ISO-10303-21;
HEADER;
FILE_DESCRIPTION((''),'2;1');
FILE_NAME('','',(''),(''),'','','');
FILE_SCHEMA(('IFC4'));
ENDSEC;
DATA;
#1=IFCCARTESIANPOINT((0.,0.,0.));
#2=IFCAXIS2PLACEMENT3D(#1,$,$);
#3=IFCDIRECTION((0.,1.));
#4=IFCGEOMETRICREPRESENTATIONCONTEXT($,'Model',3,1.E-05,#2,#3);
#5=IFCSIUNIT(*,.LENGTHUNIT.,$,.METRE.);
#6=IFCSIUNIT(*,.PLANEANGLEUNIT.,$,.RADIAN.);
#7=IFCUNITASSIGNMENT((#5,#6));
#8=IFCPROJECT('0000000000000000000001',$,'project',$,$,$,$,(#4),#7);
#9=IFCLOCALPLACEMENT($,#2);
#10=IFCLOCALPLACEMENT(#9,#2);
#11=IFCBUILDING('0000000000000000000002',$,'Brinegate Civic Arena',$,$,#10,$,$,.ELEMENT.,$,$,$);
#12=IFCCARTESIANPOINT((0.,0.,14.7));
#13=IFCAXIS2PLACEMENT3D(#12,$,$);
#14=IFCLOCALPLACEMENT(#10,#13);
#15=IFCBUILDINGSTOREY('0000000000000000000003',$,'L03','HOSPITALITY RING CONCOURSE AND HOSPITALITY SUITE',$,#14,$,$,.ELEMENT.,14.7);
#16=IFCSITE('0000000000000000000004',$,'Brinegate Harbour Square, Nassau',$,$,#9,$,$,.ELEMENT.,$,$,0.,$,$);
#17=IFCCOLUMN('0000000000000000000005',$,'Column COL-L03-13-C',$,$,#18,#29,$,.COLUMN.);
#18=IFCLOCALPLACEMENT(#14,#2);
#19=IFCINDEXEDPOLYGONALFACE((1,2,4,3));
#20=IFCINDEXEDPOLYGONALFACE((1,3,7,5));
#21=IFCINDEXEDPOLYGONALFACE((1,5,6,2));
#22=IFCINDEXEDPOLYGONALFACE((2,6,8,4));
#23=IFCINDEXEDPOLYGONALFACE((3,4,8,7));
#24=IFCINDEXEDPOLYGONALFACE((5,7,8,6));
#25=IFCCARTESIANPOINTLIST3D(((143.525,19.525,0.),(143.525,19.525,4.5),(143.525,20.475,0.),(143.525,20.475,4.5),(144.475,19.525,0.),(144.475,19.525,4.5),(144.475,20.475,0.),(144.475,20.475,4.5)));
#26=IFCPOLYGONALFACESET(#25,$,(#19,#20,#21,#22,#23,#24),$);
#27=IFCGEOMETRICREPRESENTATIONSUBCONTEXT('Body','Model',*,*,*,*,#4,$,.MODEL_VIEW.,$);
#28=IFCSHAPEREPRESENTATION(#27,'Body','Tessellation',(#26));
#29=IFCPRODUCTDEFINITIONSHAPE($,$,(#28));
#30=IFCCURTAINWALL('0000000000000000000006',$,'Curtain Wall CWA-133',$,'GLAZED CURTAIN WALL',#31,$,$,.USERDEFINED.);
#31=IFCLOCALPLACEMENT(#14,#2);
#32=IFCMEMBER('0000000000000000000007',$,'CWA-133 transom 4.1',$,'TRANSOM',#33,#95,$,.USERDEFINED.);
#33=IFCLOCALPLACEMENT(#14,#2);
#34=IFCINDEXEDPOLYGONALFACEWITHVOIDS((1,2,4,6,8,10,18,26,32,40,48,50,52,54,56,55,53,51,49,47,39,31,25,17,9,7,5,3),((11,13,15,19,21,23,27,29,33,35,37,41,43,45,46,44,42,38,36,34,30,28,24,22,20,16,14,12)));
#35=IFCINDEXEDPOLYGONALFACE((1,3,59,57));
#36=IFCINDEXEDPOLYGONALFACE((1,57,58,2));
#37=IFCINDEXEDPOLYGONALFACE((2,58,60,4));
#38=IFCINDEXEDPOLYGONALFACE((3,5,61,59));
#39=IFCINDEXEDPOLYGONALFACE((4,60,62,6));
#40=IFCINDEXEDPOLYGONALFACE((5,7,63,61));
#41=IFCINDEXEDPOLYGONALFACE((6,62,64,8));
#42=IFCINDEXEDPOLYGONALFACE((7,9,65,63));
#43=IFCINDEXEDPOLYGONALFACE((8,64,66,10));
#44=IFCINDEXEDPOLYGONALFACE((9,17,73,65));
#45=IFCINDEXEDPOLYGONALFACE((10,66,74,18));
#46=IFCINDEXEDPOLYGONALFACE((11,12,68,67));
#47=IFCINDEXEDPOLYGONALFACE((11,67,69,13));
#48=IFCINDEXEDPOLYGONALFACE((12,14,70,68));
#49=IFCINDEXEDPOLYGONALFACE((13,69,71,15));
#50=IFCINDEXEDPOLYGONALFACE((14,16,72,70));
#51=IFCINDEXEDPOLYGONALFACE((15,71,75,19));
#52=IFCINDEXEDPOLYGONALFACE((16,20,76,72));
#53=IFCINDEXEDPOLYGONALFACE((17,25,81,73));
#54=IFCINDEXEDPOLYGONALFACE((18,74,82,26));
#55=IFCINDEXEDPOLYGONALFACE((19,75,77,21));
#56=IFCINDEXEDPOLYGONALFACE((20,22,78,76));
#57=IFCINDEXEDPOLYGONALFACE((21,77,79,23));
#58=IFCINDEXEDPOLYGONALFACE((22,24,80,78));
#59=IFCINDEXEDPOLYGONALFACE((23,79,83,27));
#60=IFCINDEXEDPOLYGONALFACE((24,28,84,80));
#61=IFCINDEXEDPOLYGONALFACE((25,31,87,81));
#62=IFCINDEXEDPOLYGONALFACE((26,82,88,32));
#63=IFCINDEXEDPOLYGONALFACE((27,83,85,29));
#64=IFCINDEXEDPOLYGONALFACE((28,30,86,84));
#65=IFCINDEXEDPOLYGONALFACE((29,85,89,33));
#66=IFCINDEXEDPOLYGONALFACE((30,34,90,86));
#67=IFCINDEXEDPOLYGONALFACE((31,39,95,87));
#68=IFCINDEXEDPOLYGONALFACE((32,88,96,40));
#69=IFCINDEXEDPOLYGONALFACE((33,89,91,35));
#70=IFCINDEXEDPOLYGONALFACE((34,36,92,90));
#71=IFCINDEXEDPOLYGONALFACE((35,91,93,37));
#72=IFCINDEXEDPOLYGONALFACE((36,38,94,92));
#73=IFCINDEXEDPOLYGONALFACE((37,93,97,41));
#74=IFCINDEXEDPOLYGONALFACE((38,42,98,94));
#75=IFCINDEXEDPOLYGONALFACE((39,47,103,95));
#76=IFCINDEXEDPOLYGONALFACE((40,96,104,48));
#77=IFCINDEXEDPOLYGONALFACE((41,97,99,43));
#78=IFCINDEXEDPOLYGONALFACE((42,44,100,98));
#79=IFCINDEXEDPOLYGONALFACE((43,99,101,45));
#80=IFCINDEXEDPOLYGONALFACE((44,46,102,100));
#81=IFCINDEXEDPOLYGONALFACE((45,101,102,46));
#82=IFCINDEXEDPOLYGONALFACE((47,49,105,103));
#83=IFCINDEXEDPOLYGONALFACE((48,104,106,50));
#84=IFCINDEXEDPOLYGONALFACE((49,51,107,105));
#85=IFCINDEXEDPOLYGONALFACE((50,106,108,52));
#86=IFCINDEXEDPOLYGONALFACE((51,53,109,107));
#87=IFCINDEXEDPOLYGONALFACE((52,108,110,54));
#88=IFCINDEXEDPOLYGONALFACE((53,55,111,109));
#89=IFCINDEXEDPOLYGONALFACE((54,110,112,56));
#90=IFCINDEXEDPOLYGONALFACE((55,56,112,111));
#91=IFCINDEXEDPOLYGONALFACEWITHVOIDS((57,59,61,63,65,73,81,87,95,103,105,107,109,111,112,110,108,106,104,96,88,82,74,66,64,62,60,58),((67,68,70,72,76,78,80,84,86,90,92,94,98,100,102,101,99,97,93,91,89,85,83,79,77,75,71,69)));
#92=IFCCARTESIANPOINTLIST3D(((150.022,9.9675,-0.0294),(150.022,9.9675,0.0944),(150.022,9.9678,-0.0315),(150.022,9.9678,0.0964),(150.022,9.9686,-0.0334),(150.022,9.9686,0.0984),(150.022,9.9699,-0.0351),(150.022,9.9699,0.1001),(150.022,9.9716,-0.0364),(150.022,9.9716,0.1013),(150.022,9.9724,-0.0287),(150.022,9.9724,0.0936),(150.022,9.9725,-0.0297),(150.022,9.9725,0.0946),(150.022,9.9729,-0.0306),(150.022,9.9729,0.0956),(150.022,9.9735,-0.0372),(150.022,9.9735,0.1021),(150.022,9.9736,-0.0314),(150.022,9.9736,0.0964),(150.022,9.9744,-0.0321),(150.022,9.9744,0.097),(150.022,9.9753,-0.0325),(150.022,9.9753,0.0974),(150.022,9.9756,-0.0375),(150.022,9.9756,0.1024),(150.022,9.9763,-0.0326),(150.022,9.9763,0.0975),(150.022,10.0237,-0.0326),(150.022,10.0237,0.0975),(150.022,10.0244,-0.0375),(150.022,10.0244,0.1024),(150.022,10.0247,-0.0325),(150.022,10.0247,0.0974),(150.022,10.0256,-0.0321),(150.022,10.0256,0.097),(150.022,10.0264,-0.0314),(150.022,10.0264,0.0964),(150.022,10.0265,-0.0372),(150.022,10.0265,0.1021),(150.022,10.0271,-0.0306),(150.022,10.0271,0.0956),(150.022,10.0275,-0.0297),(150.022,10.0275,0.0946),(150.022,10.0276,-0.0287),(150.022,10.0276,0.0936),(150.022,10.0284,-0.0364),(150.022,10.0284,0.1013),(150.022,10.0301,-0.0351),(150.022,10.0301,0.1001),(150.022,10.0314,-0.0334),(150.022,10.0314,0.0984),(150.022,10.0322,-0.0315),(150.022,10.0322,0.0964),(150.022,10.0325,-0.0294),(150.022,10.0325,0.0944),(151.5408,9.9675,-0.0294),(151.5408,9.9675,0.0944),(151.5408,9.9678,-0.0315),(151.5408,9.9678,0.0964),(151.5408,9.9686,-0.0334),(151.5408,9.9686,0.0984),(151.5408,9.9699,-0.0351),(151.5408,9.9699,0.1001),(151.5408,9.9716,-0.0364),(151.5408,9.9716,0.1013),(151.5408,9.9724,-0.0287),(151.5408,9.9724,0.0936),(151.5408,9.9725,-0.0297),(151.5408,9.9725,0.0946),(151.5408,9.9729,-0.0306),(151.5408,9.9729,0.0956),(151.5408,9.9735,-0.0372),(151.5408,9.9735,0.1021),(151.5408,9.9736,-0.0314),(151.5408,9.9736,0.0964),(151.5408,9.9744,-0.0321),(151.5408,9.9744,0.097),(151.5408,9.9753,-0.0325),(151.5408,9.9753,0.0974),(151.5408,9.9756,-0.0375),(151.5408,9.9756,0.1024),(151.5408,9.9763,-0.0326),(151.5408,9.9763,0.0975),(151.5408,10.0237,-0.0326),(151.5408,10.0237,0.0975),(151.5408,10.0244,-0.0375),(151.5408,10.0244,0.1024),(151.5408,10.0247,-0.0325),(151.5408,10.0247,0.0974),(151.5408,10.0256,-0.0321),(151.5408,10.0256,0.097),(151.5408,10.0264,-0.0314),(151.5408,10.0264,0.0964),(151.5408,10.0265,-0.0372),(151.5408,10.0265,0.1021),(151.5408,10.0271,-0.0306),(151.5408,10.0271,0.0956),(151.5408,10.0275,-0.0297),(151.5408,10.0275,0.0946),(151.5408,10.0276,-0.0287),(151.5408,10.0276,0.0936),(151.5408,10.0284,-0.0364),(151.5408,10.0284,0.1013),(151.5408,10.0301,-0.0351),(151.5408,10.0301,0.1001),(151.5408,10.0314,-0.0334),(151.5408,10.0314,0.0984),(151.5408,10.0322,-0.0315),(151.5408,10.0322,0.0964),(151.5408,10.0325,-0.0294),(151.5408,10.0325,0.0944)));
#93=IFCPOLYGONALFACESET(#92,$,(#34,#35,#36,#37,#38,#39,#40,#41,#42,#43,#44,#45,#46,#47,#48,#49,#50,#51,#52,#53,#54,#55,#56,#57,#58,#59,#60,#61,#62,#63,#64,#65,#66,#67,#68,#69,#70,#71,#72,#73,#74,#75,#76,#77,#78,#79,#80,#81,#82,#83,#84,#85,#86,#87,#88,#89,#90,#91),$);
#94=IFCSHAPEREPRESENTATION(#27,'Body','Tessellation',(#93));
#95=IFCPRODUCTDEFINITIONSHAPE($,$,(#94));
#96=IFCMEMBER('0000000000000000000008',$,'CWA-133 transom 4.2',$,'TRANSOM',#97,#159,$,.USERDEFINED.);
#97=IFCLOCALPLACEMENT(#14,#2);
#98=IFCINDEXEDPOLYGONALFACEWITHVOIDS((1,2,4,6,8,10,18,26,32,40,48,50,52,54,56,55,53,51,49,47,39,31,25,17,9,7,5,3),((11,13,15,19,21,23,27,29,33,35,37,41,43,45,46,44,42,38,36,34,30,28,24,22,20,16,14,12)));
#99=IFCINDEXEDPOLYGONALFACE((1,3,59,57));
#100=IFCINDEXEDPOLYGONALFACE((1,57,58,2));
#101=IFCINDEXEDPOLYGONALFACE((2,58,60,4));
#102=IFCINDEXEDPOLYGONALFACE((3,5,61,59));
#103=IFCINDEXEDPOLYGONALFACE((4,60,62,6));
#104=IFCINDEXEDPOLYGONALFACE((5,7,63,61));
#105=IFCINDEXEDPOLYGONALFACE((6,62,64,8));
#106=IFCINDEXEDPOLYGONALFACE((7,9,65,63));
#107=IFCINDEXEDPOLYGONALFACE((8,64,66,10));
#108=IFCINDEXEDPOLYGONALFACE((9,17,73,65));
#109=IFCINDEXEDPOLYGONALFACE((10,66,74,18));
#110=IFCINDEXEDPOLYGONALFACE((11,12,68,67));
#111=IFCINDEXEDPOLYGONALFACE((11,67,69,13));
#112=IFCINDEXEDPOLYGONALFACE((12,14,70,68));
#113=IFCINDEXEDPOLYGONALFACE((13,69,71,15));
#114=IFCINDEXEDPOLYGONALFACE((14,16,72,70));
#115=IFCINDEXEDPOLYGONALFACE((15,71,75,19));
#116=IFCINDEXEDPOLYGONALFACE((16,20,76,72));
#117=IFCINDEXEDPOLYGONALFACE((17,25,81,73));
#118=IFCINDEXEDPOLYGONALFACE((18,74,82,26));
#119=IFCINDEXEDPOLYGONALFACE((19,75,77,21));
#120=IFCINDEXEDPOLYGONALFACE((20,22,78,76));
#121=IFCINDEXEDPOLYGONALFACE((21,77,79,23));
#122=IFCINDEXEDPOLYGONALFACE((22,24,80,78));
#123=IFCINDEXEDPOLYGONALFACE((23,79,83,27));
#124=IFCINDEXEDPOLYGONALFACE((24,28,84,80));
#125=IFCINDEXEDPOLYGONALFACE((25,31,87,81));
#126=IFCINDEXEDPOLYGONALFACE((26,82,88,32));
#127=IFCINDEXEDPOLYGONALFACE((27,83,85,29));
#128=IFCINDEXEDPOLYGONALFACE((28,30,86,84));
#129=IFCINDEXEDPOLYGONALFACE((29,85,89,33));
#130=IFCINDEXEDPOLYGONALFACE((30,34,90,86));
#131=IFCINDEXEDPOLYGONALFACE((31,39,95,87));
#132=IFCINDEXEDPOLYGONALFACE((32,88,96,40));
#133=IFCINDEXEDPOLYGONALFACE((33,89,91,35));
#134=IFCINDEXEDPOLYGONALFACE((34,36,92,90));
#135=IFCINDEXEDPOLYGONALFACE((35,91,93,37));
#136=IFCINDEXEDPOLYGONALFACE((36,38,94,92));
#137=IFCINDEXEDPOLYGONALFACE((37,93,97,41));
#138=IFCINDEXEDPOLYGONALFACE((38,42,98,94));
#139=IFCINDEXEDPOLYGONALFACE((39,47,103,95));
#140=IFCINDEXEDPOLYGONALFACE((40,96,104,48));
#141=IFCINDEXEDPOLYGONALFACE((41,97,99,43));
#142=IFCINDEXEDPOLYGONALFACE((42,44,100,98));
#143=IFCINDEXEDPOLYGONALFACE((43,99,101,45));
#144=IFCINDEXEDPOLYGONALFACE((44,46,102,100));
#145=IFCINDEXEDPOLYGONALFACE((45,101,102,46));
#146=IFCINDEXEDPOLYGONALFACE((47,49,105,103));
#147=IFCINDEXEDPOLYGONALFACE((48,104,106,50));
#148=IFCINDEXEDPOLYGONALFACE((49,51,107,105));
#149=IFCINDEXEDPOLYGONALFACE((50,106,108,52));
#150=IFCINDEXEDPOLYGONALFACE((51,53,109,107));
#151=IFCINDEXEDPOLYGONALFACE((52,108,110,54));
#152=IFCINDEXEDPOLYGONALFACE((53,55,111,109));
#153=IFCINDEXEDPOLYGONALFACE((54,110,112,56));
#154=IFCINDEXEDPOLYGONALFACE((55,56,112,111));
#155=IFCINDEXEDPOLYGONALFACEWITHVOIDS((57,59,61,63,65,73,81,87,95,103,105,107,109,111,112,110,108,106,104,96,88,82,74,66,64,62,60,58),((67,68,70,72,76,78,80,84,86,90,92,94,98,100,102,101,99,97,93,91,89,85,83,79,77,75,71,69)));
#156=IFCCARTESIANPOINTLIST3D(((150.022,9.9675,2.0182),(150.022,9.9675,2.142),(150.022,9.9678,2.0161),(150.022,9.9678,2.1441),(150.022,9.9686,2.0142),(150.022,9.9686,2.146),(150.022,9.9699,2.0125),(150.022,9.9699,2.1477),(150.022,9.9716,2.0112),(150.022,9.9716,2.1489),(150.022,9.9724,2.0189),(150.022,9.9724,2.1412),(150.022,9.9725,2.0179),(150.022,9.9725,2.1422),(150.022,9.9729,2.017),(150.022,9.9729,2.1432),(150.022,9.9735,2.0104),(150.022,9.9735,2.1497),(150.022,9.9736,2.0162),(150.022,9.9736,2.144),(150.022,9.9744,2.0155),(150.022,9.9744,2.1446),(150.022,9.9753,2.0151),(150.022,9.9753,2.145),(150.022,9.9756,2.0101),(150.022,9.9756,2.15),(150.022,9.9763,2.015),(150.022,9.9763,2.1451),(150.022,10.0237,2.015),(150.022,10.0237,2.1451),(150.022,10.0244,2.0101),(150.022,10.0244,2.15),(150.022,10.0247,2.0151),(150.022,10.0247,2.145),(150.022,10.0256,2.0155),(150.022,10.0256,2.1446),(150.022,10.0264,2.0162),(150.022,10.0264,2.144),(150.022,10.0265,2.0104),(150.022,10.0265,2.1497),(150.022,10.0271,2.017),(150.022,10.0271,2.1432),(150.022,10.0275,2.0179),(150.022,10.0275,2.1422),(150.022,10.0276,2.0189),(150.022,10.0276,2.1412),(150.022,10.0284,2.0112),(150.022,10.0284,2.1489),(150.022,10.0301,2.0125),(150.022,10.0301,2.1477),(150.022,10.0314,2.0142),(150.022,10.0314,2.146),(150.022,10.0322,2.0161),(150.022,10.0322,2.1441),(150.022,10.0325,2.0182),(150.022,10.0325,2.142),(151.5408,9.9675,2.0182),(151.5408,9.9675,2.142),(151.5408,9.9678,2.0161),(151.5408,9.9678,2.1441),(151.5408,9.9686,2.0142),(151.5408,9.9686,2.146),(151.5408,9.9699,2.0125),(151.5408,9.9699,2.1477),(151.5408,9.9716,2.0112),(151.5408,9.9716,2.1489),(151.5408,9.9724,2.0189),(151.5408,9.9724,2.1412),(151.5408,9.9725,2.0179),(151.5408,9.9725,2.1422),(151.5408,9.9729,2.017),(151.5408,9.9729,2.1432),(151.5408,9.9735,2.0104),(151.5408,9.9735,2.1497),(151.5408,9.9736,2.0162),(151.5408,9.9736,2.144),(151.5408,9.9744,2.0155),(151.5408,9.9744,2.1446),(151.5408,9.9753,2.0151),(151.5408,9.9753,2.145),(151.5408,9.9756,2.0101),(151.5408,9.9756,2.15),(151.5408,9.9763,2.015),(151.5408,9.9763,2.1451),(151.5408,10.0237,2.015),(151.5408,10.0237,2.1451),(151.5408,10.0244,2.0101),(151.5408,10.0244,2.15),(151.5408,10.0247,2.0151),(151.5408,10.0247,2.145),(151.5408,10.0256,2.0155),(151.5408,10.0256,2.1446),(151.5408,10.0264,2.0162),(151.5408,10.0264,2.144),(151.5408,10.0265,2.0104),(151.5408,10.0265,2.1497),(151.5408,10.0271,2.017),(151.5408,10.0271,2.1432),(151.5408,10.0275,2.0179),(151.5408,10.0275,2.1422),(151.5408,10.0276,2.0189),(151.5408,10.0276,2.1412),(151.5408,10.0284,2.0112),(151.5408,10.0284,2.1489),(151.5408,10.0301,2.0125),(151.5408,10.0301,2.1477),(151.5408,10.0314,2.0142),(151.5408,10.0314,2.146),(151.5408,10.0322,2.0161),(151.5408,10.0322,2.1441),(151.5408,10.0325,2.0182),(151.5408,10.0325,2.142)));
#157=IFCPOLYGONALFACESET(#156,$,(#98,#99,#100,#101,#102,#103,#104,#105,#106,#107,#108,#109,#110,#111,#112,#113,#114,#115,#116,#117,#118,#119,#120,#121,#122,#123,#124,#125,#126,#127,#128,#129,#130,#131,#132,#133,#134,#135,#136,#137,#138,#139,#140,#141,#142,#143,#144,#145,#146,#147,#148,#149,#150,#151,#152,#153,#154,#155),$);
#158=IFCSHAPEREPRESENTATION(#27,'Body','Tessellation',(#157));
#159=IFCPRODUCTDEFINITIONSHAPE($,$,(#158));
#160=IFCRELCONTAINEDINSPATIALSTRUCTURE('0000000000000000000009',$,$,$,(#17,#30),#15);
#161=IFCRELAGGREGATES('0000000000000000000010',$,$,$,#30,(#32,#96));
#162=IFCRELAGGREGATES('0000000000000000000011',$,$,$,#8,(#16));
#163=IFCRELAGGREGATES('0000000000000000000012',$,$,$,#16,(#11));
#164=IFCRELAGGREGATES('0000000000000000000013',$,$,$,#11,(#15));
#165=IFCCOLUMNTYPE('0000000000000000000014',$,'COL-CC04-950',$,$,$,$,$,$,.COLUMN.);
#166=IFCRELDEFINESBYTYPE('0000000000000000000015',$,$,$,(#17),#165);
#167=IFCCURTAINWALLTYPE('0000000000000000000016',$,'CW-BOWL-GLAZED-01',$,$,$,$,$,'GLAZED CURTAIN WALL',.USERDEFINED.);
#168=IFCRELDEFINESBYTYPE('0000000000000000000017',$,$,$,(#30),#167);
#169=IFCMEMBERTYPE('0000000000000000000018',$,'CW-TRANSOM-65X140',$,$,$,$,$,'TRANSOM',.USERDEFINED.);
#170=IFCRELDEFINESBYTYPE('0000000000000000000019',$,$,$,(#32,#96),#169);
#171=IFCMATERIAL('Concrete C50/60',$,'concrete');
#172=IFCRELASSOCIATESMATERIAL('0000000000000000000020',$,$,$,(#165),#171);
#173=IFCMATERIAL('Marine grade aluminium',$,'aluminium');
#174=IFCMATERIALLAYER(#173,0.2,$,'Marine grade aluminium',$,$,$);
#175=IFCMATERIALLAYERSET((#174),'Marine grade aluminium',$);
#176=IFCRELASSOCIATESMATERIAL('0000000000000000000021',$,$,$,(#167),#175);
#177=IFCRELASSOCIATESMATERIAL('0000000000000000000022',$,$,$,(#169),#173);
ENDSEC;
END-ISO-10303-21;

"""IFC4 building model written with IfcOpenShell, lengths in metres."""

from ifc_helpers import new_model, si_unit, direction, frame, origin, origin_2d, place, context, subcontext, project, spatial, rectangle, hollow_rectangle, extrude, material, layer, layer_set, material_profile, profile_set, type_object, element, aggregate, save


model = new_model("IFC4")

# Units and contexts
model_context = context("Model", 3, precision=1e-05, world=origin(), true_north=direction((0.0, 1.0)))
body_context = subcontext(model_context, "Body", "Model", "MODEL_VIEW")
ifc_project = project(units=[si_unit("LENGTHUNIT", "METRE"), si_unit("PLANEANGLEUNIT", "RADIAN")], contexts=[model_context])

# Site, building, storey
site_placement = place(None, origin())
site = spatial("IfcSite", under=ifc_project, at=site_placement, Name="Brinegate Harbour Square, Nassau", CompositionType="ELEMENT", RefElevation=0.0)
building_placement = place(site_placement, origin())
building = spatial("IfcBuilding", under=site, at=building_placement, Name="Brinegate Civic Arena", CompositionType="ELEMENT")
storey_placement = place(building_placement, frame((0.0, 0.0, 14.7)))
storey = spatial("IfcBuildingStorey", under=building, at=storey_placement, Name="L03", Description="HOSPITALITY RING CONCOURSE AND HOSPITALITY SUITE", CompositionType="ELEMENT", Elevation=14.7)

# Column
ifc_material_1 = material(Name="Concrete C50/60", Category="concrete")
ifc_material_profile_1 = material_profile(ifc_material_1, rectangle(XDim=0.95, YDim=0.95, at=origin_2d()), Name="RC950X950")
ifc_profile_set_1 = profile_set([ifc_material_profile_1], Name="Concrete C50/60")
column_type = type_object("IfcColumnType", Name="COL-CC04-950", PredefinedType="COLUMN", material=ifc_profile_set_1)
column_placement = place(storey_placement, frame((144.0, 20.0, 0.0), z_axis=(0.0, 0.0, 1.0), x_axis=(1.0, 0.0, 0.0)))
element("IfcColumn", 1, at=column_placement, inside=storey, type_object=column_type, Name="Column COL-L03-13-C", PredefinedType="COLUMN", context=body_context, shape_type="SweptSolid", body=[
    extrude(rectangle(XDim=0.95, YDim=0.95, at=origin_2d()), origin(), (0.0, 0.0, 1.0), 4.5),
])

# Curtain wall, members
ifc_material_2 = material(Name="Marine grade aluminium", Category="aluminium")
ifc_layer_1 = layer(ifc_material_2, 0.2, Name="Marine grade aluminium")
ifc_layer_set_1 = layer_set([ifc_layer_1], Name="Marine grade aluminium")
curtain_wall_type = type_object("IfcCurtainWallType", Name="CW-BOWL-GLAZED-01", ElementType="GLAZED CURTAIN WALL", PredefinedType="USERDEFINED", material=ifc_layer_set_1)
curtain_wall_placement = place(storey_placement, origin())
curtain_wall = element("IfcCurtainWall", 2, at=curtain_wall_placement, inside=storey, type_object=curtain_wall_type, Name="Curtain Wall CWA-133", ObjectType="GLAZED CURTAIN WALL", PredefinedType="USERDEFINED")
ifc_material_profile_2 = material_profile(ifc_material_2, hollow_rectangle(XDim=0.0649, YDim=0.1399, WallThickness=0.0049, InnerFilletRadius=0.0039, OuterFilletRadius=0.0081, at=origin_2d()), Name="TRN65X140")
ifc_profile_set_2 = profile_set([ifc_material_profile_2], Name="Marine grade aluminium")
member_type = type_object("IfcMemberType", Name="CW-TRANSOM-65X140", ElementType="TRANSOM", PredefinedType="USERDEFINED", material=ifc_profile_set_2)
member_1_placement = place(storey_placement, frame((150.022, 10.0, 0.0325), z_axis=(1.0, 0.0, 0.0), x_axis=(0.0, 1.0, 0.0)))
member_1 = element("IfcMember", 3, at=member_1_placement, type_object=member_type, Name="CWA-133 transom 4.1", ObjectType="TRANSOM", PredefinedType="USERDEFINED", context=body_context, shape_type="SweptSolid", body=[
    extrude(hollow_rectangle(XDim=0.0649, YDim=0.1399, WallThickness=0.0049, InnerFilletRadius=0.0039, OuterFilletRadius=0.0081, at=origin_2d()), origin(), (0.0, 0.0, 1.0), 1.5188),
])
member_2_placement = place(storey_placement, frame((150.022, 10.0, 2.0801), z_axis=(1.0, 0.0, 0.0), x_axis=(0.0, 1.0, 0.0)))
member_2 = element("IfcMember", 4, at=member_2_placement, type_object=member_type, Name="CWA-133 transom 4.2", ObjectType="TRANSOM", PredefinedType="USERDEFINED", context=body_context, shape_type="SweptSolid", body=[
    extrude(hollow_rectangle(XDim=0.0649, YDim=0.1399, WallThickness=0.0049, InnerFilletRadius=0.0039, OuterFilletRadius=0.0081, at=origin_2d()), origin(), (0.0, 0.0, 1.0), 1.5188),
])
aggregate(curtain_wall, [member_1, member_2])

save(model, "model.ifc")
